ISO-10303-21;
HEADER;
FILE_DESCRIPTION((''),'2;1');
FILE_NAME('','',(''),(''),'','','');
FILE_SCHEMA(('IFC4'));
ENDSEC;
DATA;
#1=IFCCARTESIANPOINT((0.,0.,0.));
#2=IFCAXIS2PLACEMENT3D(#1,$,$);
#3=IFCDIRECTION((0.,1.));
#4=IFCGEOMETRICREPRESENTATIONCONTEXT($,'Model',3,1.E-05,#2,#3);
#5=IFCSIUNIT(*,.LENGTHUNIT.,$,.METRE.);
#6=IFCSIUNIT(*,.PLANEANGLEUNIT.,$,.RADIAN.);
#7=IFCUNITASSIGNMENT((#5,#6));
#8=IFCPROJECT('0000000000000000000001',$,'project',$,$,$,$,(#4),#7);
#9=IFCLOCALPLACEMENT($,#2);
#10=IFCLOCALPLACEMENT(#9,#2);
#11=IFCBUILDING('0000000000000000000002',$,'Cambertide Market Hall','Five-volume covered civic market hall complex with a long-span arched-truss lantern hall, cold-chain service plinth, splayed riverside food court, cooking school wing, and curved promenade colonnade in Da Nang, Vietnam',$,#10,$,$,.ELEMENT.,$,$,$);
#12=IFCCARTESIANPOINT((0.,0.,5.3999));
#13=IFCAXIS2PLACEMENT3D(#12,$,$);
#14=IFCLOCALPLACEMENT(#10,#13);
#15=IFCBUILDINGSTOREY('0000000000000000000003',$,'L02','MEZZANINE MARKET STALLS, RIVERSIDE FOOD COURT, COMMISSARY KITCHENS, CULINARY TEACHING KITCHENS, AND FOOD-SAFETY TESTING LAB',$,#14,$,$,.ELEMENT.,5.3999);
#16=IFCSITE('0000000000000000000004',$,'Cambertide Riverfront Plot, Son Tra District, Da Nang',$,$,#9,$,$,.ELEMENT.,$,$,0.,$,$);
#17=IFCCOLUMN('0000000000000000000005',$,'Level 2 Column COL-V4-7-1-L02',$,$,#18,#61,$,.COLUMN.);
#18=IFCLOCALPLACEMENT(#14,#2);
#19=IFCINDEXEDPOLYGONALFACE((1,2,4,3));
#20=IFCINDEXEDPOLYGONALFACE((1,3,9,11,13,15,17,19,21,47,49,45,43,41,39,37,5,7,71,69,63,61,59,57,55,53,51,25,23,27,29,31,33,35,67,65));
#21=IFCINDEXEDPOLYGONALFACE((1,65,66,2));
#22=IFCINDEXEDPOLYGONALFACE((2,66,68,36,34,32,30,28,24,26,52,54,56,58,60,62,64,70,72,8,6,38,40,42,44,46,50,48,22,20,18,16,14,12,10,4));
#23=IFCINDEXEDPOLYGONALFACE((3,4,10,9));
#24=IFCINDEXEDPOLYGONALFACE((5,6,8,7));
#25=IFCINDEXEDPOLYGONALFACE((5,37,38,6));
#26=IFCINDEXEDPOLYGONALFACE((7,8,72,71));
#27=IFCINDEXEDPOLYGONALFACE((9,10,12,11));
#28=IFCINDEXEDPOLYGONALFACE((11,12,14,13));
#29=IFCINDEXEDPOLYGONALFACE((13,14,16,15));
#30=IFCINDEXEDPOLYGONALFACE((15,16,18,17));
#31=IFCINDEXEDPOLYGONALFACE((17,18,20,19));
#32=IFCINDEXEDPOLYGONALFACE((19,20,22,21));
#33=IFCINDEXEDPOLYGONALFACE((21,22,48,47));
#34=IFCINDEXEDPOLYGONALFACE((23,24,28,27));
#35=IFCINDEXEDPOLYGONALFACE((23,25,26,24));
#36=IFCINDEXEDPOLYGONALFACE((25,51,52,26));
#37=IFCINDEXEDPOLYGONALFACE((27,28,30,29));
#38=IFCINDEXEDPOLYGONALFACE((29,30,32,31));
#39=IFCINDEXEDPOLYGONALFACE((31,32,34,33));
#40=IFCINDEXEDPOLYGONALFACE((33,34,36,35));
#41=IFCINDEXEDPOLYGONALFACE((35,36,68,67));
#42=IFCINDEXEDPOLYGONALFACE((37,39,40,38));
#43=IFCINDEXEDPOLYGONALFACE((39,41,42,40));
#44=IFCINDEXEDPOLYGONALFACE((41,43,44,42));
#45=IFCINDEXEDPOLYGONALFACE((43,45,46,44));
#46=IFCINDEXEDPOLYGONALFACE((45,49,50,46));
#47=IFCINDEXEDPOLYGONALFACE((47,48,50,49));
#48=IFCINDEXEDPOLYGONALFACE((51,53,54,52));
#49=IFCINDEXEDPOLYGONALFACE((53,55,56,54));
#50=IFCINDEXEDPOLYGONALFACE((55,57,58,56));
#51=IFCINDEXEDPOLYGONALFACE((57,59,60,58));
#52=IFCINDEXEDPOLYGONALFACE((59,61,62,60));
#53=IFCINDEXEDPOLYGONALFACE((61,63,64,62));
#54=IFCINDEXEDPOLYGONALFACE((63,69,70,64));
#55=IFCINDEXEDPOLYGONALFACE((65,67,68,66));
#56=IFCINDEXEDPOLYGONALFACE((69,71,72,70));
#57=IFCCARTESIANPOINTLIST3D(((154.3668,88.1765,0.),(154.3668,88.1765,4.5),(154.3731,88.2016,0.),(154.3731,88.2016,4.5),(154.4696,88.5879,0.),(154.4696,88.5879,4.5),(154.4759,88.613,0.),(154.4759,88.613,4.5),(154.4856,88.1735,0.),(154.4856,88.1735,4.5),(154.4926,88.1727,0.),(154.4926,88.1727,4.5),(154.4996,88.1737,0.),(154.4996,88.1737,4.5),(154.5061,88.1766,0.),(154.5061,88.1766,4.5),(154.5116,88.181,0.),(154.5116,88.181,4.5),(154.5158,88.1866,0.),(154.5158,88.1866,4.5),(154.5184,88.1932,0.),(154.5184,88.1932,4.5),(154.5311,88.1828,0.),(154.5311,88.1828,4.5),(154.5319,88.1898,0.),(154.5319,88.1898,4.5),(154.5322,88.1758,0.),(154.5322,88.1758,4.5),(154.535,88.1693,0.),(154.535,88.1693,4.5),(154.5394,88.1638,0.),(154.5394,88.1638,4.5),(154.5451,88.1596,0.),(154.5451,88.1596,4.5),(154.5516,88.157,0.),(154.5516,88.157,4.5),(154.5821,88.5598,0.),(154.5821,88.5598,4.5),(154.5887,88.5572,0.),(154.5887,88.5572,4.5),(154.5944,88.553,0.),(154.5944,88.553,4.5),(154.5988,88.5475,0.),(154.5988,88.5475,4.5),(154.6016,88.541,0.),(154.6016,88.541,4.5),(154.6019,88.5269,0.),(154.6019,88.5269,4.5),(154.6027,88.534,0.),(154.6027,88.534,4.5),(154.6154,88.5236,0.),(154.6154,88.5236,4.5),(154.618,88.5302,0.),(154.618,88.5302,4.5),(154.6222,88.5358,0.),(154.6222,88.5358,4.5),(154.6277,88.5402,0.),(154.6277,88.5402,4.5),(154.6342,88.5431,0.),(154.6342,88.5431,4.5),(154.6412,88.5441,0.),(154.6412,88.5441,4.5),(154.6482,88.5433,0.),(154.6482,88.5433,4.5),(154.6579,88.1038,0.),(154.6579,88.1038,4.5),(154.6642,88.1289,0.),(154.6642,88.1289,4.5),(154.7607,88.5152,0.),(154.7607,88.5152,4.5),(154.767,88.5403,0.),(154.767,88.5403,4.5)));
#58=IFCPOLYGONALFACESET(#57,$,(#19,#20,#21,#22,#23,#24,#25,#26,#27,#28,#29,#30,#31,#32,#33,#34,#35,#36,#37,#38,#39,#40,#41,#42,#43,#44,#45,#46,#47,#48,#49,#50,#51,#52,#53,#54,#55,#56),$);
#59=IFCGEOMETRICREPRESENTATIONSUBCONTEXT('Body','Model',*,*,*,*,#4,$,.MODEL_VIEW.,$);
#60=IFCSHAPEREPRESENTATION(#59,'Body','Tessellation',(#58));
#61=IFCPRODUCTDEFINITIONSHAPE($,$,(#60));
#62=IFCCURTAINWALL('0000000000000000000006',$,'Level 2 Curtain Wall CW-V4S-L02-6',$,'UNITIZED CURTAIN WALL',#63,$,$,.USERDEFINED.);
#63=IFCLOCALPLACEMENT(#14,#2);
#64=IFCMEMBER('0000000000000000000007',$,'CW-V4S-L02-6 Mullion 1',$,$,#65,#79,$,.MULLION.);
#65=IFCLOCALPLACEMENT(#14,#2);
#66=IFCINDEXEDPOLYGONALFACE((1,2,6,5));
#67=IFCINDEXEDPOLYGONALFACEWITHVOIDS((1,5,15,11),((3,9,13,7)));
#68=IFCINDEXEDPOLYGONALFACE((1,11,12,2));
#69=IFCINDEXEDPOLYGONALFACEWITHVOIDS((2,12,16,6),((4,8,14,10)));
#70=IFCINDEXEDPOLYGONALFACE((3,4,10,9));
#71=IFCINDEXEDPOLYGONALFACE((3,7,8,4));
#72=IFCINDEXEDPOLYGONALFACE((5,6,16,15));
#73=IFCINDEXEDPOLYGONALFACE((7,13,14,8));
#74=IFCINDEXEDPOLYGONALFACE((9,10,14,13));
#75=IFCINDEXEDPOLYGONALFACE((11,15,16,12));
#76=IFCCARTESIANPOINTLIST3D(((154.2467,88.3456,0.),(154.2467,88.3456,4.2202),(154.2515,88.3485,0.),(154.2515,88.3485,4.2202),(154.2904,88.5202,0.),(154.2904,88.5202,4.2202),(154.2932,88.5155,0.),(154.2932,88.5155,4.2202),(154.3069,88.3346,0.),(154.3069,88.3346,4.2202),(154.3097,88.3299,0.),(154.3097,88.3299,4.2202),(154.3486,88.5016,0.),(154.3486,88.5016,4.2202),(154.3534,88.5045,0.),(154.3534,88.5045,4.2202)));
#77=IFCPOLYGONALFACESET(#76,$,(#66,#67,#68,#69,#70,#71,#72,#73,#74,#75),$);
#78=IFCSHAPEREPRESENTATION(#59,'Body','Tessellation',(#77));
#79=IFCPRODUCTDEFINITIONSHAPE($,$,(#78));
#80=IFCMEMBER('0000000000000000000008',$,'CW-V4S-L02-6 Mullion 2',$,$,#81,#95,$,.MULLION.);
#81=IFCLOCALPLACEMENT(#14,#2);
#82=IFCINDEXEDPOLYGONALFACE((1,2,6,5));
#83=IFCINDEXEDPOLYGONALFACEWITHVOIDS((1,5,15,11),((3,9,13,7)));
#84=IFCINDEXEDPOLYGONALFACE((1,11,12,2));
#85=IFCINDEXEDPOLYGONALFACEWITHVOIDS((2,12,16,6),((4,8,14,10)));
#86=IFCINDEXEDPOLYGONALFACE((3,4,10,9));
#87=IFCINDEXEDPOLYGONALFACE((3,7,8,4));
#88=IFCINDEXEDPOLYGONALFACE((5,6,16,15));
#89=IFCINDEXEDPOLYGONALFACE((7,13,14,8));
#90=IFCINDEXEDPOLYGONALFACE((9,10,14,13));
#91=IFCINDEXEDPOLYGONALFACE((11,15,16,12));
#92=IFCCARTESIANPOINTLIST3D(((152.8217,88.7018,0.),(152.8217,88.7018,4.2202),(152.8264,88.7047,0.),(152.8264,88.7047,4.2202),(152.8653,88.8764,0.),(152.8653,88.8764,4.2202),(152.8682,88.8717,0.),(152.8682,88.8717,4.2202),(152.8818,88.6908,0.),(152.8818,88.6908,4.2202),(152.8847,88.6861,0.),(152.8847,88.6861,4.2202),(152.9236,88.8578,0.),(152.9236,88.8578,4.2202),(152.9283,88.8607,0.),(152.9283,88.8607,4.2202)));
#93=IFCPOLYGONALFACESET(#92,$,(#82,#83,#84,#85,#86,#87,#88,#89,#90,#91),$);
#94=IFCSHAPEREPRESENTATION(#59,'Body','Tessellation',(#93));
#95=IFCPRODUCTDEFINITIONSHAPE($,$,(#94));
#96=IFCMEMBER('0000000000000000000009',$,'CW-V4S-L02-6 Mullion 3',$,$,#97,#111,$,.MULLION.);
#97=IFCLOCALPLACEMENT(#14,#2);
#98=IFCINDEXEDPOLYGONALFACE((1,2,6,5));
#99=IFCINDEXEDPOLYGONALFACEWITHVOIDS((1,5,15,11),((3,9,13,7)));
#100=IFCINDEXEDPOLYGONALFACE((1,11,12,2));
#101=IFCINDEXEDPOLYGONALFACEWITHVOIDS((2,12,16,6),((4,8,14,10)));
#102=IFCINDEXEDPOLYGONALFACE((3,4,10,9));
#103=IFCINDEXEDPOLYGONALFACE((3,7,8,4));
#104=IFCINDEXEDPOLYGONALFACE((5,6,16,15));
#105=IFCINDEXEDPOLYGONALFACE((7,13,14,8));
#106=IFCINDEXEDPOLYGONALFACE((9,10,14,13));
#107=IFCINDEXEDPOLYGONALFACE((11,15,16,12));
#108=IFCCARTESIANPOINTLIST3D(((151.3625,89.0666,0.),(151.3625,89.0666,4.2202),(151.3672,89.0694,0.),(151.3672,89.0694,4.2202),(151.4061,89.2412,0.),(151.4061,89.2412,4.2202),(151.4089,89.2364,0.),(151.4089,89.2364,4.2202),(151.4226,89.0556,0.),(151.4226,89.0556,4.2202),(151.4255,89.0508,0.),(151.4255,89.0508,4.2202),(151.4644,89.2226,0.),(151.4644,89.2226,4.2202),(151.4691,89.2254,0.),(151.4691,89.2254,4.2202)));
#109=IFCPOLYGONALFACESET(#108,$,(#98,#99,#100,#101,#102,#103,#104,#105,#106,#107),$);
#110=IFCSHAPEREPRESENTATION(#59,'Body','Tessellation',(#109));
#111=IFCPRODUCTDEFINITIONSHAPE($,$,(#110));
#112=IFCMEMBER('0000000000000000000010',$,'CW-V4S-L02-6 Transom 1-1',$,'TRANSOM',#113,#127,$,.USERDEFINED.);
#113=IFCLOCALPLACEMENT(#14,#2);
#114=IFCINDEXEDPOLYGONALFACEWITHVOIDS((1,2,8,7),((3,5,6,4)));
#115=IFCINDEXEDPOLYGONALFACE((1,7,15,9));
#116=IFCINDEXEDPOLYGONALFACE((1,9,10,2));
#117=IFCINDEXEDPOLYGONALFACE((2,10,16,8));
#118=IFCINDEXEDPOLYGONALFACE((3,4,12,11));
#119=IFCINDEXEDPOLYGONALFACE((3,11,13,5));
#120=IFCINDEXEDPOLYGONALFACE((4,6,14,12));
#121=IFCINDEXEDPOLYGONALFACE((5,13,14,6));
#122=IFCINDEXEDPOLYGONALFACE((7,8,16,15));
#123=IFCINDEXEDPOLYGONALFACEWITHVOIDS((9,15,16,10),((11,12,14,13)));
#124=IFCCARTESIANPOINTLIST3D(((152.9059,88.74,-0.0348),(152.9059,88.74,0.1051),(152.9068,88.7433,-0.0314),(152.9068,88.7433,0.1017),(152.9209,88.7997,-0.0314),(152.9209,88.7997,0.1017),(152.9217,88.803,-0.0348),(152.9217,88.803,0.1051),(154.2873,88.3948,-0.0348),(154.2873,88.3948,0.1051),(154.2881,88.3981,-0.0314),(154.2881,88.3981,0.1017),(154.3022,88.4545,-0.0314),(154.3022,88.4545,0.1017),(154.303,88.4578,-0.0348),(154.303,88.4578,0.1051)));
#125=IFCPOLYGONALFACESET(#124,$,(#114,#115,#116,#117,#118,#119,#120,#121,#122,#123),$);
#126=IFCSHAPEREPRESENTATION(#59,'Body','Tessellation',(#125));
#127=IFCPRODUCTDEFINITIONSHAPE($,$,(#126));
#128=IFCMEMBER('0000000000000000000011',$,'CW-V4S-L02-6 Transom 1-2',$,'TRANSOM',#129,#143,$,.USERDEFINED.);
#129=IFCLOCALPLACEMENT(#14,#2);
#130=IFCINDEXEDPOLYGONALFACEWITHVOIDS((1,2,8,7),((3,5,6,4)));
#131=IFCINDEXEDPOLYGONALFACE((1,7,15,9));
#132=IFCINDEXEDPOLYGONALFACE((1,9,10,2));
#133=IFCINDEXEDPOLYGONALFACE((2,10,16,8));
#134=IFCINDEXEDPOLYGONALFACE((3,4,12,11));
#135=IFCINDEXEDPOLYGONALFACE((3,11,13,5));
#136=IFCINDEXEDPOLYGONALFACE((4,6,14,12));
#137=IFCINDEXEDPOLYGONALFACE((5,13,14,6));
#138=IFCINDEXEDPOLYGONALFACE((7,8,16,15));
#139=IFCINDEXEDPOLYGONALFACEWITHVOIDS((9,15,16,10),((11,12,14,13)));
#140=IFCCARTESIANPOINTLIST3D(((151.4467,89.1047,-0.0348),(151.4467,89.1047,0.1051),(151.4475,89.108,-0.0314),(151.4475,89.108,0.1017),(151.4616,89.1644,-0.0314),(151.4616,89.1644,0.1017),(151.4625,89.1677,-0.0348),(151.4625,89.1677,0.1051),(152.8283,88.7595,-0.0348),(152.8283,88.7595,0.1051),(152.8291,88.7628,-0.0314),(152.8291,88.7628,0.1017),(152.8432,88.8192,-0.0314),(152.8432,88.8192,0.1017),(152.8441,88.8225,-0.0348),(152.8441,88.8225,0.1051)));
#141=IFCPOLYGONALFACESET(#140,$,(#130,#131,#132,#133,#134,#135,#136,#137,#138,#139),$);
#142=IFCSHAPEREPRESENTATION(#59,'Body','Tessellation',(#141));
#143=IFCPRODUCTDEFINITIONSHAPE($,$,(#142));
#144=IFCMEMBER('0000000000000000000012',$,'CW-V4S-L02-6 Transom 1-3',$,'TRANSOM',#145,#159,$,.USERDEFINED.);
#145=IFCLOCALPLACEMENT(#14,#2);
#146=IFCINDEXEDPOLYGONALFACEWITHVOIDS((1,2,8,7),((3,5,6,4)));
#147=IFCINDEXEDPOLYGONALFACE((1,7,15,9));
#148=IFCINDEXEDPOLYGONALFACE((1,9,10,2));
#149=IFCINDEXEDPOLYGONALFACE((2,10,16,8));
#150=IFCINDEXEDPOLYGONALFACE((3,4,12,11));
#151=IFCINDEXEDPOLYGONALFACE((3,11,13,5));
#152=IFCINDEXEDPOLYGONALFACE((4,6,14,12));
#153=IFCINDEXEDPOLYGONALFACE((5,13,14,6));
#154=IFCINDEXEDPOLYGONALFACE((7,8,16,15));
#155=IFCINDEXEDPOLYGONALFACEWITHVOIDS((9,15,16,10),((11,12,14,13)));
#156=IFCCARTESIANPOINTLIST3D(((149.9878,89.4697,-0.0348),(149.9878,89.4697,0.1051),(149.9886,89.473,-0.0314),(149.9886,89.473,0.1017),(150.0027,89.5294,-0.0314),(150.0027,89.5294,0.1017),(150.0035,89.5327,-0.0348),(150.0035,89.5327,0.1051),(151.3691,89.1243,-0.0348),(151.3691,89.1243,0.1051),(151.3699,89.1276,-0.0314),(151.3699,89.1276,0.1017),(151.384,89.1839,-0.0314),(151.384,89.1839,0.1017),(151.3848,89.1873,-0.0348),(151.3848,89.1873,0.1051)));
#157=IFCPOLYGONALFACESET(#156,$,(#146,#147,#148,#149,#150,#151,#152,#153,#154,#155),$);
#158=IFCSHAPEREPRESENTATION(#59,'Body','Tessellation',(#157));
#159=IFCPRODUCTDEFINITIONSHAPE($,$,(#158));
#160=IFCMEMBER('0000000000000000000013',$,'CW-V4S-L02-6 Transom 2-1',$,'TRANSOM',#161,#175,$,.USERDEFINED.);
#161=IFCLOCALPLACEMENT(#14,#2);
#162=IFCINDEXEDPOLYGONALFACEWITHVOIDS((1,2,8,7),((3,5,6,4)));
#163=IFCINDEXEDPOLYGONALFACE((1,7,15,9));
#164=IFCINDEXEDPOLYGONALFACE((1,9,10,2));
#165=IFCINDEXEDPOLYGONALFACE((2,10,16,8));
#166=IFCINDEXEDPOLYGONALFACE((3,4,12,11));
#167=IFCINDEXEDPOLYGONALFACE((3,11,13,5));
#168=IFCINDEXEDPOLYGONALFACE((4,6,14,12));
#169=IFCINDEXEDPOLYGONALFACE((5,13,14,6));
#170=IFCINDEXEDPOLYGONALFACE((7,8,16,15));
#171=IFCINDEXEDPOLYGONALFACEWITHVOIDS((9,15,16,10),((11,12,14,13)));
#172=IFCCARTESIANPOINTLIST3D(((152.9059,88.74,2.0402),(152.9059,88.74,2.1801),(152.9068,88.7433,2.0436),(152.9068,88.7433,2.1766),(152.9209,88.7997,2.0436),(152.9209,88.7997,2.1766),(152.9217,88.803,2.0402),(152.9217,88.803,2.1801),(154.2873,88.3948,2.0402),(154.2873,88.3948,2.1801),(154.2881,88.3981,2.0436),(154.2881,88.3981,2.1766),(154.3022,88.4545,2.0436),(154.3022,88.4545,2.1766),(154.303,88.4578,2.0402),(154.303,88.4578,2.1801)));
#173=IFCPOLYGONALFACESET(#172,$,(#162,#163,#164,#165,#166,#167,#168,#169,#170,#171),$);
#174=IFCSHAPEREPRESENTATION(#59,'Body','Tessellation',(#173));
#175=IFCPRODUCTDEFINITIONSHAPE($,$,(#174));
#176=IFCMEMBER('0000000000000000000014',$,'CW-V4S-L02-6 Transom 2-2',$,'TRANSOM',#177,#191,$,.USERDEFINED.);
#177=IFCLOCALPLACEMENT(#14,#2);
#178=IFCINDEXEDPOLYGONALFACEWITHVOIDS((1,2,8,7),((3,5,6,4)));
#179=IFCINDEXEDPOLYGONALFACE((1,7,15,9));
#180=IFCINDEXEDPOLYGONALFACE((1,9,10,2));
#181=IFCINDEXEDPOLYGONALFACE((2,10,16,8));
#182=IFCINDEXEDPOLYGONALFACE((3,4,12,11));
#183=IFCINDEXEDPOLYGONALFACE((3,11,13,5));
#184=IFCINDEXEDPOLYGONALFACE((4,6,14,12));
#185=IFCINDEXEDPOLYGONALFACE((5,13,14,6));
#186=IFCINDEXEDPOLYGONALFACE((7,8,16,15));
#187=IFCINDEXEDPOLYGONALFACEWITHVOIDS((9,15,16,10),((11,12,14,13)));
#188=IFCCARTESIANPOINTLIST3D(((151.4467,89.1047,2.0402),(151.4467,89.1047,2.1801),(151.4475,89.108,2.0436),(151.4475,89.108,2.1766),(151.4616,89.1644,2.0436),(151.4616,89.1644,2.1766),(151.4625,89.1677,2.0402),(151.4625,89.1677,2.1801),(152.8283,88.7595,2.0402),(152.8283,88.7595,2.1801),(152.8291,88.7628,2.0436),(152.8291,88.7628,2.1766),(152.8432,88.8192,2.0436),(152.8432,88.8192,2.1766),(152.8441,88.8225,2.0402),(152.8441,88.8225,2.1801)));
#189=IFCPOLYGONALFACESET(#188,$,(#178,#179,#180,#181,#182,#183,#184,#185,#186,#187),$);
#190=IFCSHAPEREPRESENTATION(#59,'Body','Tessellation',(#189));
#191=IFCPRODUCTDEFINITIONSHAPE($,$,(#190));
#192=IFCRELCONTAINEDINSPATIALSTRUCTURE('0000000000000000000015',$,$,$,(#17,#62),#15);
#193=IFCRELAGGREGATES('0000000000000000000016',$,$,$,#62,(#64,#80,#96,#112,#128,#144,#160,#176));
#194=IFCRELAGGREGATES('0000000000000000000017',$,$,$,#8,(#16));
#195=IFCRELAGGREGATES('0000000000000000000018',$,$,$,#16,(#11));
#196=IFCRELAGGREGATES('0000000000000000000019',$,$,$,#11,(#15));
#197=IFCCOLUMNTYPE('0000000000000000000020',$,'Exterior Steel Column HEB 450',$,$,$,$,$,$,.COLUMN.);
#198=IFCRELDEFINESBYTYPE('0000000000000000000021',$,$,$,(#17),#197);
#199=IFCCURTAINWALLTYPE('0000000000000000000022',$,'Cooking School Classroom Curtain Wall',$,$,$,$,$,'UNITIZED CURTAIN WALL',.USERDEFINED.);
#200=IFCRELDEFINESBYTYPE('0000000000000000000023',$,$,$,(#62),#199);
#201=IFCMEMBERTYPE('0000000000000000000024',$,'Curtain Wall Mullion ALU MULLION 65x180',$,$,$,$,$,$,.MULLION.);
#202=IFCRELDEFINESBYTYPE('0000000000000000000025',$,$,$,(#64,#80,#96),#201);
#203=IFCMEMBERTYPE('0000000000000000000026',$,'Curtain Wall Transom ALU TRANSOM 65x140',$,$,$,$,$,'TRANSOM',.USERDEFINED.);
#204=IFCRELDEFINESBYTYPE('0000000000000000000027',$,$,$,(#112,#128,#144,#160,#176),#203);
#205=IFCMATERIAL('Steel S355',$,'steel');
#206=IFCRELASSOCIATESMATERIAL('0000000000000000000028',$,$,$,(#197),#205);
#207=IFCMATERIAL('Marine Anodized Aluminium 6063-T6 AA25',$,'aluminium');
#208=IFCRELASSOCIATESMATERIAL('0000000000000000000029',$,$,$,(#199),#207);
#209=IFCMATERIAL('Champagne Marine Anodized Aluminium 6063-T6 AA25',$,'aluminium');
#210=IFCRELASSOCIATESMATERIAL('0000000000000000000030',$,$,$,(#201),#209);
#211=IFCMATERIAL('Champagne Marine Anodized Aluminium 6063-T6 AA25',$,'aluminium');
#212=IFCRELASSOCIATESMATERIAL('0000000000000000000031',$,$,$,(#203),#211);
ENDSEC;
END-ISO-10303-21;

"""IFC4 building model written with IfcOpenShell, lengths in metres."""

from ifc_helpers import new_model, si_unit, direction, frame, origin, origin_2d, place, context, subcontext, project, spatial, hollow_rectangle, i_section, extrude, material, material_profile, profile_set, type_object, element, aggregate, save


model = new_model("IFC4")

# Units and contexts
model_context = context("Model", 3, precision=1e-05, world=origin(), true_north=direction((0.0, 1.0)))
body_context = subcontext(model_context, "Body", "Model", "MODEL_VIEW")
ifc_project = project(units=[si_unit("LENGTHUNIT", "METRE"), si_unit("PLANEANGLEUNIT", "RADIAN")], contexts=[model_context])

# Site, building, storey
site_placement = place(None, origin())
site = spatial("IfcSite", under=ifc_project, at=site_placement, Name="Cambertide Riverfront Plot, Son Tra District, Da Nang", CompositionType="ELEMENT", RefElevation=0.0)
building_placement = place(site_placement, origin())
building = spatial("IfcBuilding", under=site, at=building_placement, Name="Cambertide Market Hall", Description="Five-volume covered civic market hall complex with a long-span arched-truss lantern hall, cold-chain service plinth, splayed riverside food court, cooking school wing, and curved promenade colonnade in Da Nang, Vietnam", CompositionType="ELEMENT")
storey_placement = place(building_placement, frame((0.0, 0.0, 5.3999)))
storey = spatial("IfcBuildingStorey", under=building, at=storey_placement, Name="L02", Description="MEZZANINE MARKET STALLS, RIVERSIDE FOOD COURT, COMMISSARY KITCHENS, CULINARY TEACHING KITCHENS, AND FOOD-SAFETY TESTING LAB", CompositionType="ELEMENT", Elevation=5.3999)

# Column
ifc_material_1 = material(Name="Steel S355", Category="steel")
ifc_material_profile_1 = material_profile(ifc_material_1, i_section(OverallWidth=0.3, OverallDepth=0.45, WebThickness=0.0139, FlangeThickness=0.0259, FilletRadius=0.0271, at=origin_2d()), Name="HEB 450")
ifc_profile_set_1 = profile_set([ifc_material_profile_1], Name="Steel S355")
column_type = type_object("IfcColumnType", Name="Exterior Steel Column HEB 450", PredefinedType="COLUMN", material=ifc_profile_set_1)
column_placement = place(storey_placement, frame((154.5669, 88.3584, 0.0), z_axis=(0.0, 0.0, 1.0), x_axis=(0.970143, -0.242536, 0.0)))
element("IfcColumn", 1, at=column_placement, inside=storey, type_object=column_type, Name="Level 2 Column COL-V4-7-1-L02", PredefinedType="COLUMN", context=body_context, shape_type="SweptSolid", body=[
    extrude(i_section(OverallWidth=0.3, OverallDepth=0.45, WebThickness=0.0139, FlangeThickness=0.0259, FilletRadius=0.0271, at=origin_2d()), origin(), (0.0, 0.0, 1.0), 4.5),
])

# Curtain wall, members
ifc_material_2 = material(Name="Marine Anodized Aluminium 6063-T6 AA25", Category="aluminium")
curtain_wall_type = type_object("IfcCurtainWallType", Name="Cooking School Classroom Curtain Wall", ElementType="UNITIZED CURTAIN WALL", PredefinedType="USERDEFINED", material=ifc_material_2)
curtain_wall_placement = place(storey_placement, origin())
curtain_wall = element("IfcCurtainWall", 2, at=curtain_wall_placement, inside=storey, type_object=curtain_wall_type, Name="Level 2 Curtain Wall CW-V4S-L02-6", ObjectType="UNITIZED CURTAIN WALL", PredefinedType="USERDEFINED")
ifc_material_3 = material(Name="Champagne Marine Anodized Aluminium 6063-T6 AA25", Category="aluminium")
ifc_material_profile_2 = material_profile(ifc_material_3, hollow_rectangle(XDim=0.0649, YDim=0.1799, WallThickness=0.0039, at=origin_2d()), Name="ALU MULLION 65x180")
ifc_profile_set_2 = profile_set([ifc_material_profile_2], Name="Champagne Marine Anodized Aluminium 6063-T6 AA25")
member_type_1 = type_object("IfcMemberType", Name="Curtain Wall Mullion ALU MULLION 65x180", PredefinedType="MULLION", material=ifc_profile_set_2)
member_1_placement = place(storey_placement, frame((154.3, 88.425, 0.0), z_axis=(0.0, 0.0, 1.0), x_axis=(-0.970143, 0.242535, 0.0)))
member_1 = element("IfcMember", 3, at=member_1_placement, type_object=member_type_1, Name="CW-V4S-L02-6 Mullion 1", PredefinedType="MULLION", context=body_context, shape_type="SweptSolid", body=[
    extrude(hollow_rectangle(XDim=0.0649, YDim=0.1799, WallThickness=0.0039, at=origin_2d()), origin(), (0.0, 0.0, 1.0), 4.2202),
])
member_2_placement = place(storey_placement, frame((152.875, 88.7812, 0.0), z_axis=(0.0, 0.0, 1.0), x_axis=(-0.970143, 0.242535, 0.0)))
member_2 = element("IfcMember", 4, at=member_2_placement, type_object=member_type_1, Name="CW-V4S-L02-6 Mullion 2", PredefinedType="MULLION", context=body_context, shape_type="SweptSolid", body=[
    extrude(hollow_rectangle(XDim=0.0649, YDim=0.1799, WallThickness=0.0039, at=origin_2d()), origin(), (0.0, 0.0, 1.0), 4.2202),
])
member_3_placement = place(storey_placement, frame((151.4158, 89.146, 0.0), z_axis=(0.0, 0.0, 1.0), x_axis=(-0.970143, 0.242535, 0.0)))
member_3 = element("IfcMember", 5, at=member_3_placement, type_object=member_type_1, Name="CW-V4S-L02-6 Mullion 3", PredefinedType="MULLION", context=body_context, shape_type="SweptSolid", body=[
    extrude(hollow_rectangle(XDim=0.0649, YDim=0.1799, WallThickness=0.0039, at=origin_2d()), origin(), (0.0, 0.0, 1.0), 4.2202),
])
ifc_material_4 = material(Name="Champagne Marine Anodized Aluminium 6063-T6 AA25", Category="aluminium")
ifc_material_profile_3 = material_profile(ifc_material_4, hollow_rectangle(XDim=0.0649, YDim=0.1399, WallThickness=0.0034, at=origin_2d()), Name="ALU TRANSOM 65x140")
ifc_profile_set_3 = profile_set([ifc_material_profile_3], Name="Champagne Marine Anodized Aluminium 6063-T6 AA25")
member_type_2 = type_object("IfcMemberType", Name="Curtain Wall Transom ALU TRANSOM 65x140", ElementType="TRANSOM", PredefinedType="USERDEFINED", material=ifc_profile_set_3)
member_4_placement = place(storey_placement, frame((154.2952, 88.4263, 0.0352), z_axis=(-0.970163, 0.242455, 0.0), x_axis=(-0.242455, -0.970163, 0.0)))
member_4 = element("IfcMember", 6, at=member_4_placement, type_object=member_type_2, Name="CW-V4S-L02-6 Transom 1-1", ObjectType="TRANSOM", PredefinedType="USERDEFINED", context=body_context, shape_type="SweptSolid", body=[
    extrude(hollow_rectangle(XDim=0.0649, YDim=0.1399, WallThickness=0.0034, at=origin_2d()), origin(), (0.0, 0.0, 1.0), 1.4238),
])
member_5_placement = place(storey_placement, frame((152.8362, 88.791, 0.0352), z_axis=(-0.970173, 0.242415, 0.0), x_axis=(-0.242415, -0.970173, 0.0)))
member_5 = element("IfcMember", 7, at=member_5_placement, type_object=member_type_2, Name="CW-V4S-L02-6 Transom 1-2", ObjectType="TRANSOM", PredefinedType="USERDEFINED", context=body_context, shape_type="SweptSolid", body=[
    extrude(hollow_rectangle(XDim=0.0649, YDim=0.1399, WallThickness=0.0034, at=origin_2d()), origin(), (0.0, 0.0, 1.0), 1.4241),
])
member_6_placement = place(storey_placement, frame((151.377, 89.1558, 0.0352), z_axis=(-0.970122, 0.242616, 0.0), x_axis=(-0.242616, -0.970122, 0.0)))
member_6 = element("IfcMember", 8, at=member_6_placement, type_object=member_type_2, Name="CW-V4S-L02-6 Transom 1-3", ObjectType="TRANSOM", PredefinedType="USERDEFINED", context=body_context, shape_type="SweptSolid", body=[
    extrude(hollow_rectangle(XDim=0.0649, YDim=0.1399, WallThickness=0.0034, at=origin_2d()), origin(), (0.0, 0.0, 1.0), 1.4238),
])
member_7_placement = place(storey_placement, frame((154.2952, 88.4263, 2.1101), z_axis=(-0.970163, 0.242455, 0.0), x_axis=(-0.242455, -0.970163, 0.0)))
member_7 = element("IfcMember", 9, at=member_7_placement, type_object=member_type_2, Name="CW-V4S-L02-6 Transom 2-1", ObjectType="TRANSOM", PredefinedType="USERDEFINED", context=body_context, shape_type="SweptSolid", body=[
    extrude(hollow_rectangle(XDim=0.0649, YDim=0.1399, WallThickness=0.0034, at=origin_2d()), origin(), (0.0, 0.0, 1.0), 1.4238),
])
member_8_placement = place(storey_placement, frame((152.8362, 88.791, 2.1101), z_axis=(-0.970173, 0.242415, 0.0), x_axis=(-0.242415, -0.970173, 0.0)))
member_8 = element("IfcMember", 10, at=member_8_placement, type_object=member_type_2, Name="CW-V4S-L02-6 Transom 2-2", ObjectType="TRANSOM", PredefinedType="USERDEFINED", context=body_context, shape_type="SweptSolid", body=[
    extrude(hollow_rectangle(XDim=0.0649, YDim=0.1399, WallThickness=0.0034, at=origin_2d()), origin(), (0.0, 0.0, 1.0), 1.4241),
])

aggregate(curtain_wall, [member_1, member_2, member_3, member_4, member_5, member_6, member_7, member_8])

save(model, "model.ifc")
